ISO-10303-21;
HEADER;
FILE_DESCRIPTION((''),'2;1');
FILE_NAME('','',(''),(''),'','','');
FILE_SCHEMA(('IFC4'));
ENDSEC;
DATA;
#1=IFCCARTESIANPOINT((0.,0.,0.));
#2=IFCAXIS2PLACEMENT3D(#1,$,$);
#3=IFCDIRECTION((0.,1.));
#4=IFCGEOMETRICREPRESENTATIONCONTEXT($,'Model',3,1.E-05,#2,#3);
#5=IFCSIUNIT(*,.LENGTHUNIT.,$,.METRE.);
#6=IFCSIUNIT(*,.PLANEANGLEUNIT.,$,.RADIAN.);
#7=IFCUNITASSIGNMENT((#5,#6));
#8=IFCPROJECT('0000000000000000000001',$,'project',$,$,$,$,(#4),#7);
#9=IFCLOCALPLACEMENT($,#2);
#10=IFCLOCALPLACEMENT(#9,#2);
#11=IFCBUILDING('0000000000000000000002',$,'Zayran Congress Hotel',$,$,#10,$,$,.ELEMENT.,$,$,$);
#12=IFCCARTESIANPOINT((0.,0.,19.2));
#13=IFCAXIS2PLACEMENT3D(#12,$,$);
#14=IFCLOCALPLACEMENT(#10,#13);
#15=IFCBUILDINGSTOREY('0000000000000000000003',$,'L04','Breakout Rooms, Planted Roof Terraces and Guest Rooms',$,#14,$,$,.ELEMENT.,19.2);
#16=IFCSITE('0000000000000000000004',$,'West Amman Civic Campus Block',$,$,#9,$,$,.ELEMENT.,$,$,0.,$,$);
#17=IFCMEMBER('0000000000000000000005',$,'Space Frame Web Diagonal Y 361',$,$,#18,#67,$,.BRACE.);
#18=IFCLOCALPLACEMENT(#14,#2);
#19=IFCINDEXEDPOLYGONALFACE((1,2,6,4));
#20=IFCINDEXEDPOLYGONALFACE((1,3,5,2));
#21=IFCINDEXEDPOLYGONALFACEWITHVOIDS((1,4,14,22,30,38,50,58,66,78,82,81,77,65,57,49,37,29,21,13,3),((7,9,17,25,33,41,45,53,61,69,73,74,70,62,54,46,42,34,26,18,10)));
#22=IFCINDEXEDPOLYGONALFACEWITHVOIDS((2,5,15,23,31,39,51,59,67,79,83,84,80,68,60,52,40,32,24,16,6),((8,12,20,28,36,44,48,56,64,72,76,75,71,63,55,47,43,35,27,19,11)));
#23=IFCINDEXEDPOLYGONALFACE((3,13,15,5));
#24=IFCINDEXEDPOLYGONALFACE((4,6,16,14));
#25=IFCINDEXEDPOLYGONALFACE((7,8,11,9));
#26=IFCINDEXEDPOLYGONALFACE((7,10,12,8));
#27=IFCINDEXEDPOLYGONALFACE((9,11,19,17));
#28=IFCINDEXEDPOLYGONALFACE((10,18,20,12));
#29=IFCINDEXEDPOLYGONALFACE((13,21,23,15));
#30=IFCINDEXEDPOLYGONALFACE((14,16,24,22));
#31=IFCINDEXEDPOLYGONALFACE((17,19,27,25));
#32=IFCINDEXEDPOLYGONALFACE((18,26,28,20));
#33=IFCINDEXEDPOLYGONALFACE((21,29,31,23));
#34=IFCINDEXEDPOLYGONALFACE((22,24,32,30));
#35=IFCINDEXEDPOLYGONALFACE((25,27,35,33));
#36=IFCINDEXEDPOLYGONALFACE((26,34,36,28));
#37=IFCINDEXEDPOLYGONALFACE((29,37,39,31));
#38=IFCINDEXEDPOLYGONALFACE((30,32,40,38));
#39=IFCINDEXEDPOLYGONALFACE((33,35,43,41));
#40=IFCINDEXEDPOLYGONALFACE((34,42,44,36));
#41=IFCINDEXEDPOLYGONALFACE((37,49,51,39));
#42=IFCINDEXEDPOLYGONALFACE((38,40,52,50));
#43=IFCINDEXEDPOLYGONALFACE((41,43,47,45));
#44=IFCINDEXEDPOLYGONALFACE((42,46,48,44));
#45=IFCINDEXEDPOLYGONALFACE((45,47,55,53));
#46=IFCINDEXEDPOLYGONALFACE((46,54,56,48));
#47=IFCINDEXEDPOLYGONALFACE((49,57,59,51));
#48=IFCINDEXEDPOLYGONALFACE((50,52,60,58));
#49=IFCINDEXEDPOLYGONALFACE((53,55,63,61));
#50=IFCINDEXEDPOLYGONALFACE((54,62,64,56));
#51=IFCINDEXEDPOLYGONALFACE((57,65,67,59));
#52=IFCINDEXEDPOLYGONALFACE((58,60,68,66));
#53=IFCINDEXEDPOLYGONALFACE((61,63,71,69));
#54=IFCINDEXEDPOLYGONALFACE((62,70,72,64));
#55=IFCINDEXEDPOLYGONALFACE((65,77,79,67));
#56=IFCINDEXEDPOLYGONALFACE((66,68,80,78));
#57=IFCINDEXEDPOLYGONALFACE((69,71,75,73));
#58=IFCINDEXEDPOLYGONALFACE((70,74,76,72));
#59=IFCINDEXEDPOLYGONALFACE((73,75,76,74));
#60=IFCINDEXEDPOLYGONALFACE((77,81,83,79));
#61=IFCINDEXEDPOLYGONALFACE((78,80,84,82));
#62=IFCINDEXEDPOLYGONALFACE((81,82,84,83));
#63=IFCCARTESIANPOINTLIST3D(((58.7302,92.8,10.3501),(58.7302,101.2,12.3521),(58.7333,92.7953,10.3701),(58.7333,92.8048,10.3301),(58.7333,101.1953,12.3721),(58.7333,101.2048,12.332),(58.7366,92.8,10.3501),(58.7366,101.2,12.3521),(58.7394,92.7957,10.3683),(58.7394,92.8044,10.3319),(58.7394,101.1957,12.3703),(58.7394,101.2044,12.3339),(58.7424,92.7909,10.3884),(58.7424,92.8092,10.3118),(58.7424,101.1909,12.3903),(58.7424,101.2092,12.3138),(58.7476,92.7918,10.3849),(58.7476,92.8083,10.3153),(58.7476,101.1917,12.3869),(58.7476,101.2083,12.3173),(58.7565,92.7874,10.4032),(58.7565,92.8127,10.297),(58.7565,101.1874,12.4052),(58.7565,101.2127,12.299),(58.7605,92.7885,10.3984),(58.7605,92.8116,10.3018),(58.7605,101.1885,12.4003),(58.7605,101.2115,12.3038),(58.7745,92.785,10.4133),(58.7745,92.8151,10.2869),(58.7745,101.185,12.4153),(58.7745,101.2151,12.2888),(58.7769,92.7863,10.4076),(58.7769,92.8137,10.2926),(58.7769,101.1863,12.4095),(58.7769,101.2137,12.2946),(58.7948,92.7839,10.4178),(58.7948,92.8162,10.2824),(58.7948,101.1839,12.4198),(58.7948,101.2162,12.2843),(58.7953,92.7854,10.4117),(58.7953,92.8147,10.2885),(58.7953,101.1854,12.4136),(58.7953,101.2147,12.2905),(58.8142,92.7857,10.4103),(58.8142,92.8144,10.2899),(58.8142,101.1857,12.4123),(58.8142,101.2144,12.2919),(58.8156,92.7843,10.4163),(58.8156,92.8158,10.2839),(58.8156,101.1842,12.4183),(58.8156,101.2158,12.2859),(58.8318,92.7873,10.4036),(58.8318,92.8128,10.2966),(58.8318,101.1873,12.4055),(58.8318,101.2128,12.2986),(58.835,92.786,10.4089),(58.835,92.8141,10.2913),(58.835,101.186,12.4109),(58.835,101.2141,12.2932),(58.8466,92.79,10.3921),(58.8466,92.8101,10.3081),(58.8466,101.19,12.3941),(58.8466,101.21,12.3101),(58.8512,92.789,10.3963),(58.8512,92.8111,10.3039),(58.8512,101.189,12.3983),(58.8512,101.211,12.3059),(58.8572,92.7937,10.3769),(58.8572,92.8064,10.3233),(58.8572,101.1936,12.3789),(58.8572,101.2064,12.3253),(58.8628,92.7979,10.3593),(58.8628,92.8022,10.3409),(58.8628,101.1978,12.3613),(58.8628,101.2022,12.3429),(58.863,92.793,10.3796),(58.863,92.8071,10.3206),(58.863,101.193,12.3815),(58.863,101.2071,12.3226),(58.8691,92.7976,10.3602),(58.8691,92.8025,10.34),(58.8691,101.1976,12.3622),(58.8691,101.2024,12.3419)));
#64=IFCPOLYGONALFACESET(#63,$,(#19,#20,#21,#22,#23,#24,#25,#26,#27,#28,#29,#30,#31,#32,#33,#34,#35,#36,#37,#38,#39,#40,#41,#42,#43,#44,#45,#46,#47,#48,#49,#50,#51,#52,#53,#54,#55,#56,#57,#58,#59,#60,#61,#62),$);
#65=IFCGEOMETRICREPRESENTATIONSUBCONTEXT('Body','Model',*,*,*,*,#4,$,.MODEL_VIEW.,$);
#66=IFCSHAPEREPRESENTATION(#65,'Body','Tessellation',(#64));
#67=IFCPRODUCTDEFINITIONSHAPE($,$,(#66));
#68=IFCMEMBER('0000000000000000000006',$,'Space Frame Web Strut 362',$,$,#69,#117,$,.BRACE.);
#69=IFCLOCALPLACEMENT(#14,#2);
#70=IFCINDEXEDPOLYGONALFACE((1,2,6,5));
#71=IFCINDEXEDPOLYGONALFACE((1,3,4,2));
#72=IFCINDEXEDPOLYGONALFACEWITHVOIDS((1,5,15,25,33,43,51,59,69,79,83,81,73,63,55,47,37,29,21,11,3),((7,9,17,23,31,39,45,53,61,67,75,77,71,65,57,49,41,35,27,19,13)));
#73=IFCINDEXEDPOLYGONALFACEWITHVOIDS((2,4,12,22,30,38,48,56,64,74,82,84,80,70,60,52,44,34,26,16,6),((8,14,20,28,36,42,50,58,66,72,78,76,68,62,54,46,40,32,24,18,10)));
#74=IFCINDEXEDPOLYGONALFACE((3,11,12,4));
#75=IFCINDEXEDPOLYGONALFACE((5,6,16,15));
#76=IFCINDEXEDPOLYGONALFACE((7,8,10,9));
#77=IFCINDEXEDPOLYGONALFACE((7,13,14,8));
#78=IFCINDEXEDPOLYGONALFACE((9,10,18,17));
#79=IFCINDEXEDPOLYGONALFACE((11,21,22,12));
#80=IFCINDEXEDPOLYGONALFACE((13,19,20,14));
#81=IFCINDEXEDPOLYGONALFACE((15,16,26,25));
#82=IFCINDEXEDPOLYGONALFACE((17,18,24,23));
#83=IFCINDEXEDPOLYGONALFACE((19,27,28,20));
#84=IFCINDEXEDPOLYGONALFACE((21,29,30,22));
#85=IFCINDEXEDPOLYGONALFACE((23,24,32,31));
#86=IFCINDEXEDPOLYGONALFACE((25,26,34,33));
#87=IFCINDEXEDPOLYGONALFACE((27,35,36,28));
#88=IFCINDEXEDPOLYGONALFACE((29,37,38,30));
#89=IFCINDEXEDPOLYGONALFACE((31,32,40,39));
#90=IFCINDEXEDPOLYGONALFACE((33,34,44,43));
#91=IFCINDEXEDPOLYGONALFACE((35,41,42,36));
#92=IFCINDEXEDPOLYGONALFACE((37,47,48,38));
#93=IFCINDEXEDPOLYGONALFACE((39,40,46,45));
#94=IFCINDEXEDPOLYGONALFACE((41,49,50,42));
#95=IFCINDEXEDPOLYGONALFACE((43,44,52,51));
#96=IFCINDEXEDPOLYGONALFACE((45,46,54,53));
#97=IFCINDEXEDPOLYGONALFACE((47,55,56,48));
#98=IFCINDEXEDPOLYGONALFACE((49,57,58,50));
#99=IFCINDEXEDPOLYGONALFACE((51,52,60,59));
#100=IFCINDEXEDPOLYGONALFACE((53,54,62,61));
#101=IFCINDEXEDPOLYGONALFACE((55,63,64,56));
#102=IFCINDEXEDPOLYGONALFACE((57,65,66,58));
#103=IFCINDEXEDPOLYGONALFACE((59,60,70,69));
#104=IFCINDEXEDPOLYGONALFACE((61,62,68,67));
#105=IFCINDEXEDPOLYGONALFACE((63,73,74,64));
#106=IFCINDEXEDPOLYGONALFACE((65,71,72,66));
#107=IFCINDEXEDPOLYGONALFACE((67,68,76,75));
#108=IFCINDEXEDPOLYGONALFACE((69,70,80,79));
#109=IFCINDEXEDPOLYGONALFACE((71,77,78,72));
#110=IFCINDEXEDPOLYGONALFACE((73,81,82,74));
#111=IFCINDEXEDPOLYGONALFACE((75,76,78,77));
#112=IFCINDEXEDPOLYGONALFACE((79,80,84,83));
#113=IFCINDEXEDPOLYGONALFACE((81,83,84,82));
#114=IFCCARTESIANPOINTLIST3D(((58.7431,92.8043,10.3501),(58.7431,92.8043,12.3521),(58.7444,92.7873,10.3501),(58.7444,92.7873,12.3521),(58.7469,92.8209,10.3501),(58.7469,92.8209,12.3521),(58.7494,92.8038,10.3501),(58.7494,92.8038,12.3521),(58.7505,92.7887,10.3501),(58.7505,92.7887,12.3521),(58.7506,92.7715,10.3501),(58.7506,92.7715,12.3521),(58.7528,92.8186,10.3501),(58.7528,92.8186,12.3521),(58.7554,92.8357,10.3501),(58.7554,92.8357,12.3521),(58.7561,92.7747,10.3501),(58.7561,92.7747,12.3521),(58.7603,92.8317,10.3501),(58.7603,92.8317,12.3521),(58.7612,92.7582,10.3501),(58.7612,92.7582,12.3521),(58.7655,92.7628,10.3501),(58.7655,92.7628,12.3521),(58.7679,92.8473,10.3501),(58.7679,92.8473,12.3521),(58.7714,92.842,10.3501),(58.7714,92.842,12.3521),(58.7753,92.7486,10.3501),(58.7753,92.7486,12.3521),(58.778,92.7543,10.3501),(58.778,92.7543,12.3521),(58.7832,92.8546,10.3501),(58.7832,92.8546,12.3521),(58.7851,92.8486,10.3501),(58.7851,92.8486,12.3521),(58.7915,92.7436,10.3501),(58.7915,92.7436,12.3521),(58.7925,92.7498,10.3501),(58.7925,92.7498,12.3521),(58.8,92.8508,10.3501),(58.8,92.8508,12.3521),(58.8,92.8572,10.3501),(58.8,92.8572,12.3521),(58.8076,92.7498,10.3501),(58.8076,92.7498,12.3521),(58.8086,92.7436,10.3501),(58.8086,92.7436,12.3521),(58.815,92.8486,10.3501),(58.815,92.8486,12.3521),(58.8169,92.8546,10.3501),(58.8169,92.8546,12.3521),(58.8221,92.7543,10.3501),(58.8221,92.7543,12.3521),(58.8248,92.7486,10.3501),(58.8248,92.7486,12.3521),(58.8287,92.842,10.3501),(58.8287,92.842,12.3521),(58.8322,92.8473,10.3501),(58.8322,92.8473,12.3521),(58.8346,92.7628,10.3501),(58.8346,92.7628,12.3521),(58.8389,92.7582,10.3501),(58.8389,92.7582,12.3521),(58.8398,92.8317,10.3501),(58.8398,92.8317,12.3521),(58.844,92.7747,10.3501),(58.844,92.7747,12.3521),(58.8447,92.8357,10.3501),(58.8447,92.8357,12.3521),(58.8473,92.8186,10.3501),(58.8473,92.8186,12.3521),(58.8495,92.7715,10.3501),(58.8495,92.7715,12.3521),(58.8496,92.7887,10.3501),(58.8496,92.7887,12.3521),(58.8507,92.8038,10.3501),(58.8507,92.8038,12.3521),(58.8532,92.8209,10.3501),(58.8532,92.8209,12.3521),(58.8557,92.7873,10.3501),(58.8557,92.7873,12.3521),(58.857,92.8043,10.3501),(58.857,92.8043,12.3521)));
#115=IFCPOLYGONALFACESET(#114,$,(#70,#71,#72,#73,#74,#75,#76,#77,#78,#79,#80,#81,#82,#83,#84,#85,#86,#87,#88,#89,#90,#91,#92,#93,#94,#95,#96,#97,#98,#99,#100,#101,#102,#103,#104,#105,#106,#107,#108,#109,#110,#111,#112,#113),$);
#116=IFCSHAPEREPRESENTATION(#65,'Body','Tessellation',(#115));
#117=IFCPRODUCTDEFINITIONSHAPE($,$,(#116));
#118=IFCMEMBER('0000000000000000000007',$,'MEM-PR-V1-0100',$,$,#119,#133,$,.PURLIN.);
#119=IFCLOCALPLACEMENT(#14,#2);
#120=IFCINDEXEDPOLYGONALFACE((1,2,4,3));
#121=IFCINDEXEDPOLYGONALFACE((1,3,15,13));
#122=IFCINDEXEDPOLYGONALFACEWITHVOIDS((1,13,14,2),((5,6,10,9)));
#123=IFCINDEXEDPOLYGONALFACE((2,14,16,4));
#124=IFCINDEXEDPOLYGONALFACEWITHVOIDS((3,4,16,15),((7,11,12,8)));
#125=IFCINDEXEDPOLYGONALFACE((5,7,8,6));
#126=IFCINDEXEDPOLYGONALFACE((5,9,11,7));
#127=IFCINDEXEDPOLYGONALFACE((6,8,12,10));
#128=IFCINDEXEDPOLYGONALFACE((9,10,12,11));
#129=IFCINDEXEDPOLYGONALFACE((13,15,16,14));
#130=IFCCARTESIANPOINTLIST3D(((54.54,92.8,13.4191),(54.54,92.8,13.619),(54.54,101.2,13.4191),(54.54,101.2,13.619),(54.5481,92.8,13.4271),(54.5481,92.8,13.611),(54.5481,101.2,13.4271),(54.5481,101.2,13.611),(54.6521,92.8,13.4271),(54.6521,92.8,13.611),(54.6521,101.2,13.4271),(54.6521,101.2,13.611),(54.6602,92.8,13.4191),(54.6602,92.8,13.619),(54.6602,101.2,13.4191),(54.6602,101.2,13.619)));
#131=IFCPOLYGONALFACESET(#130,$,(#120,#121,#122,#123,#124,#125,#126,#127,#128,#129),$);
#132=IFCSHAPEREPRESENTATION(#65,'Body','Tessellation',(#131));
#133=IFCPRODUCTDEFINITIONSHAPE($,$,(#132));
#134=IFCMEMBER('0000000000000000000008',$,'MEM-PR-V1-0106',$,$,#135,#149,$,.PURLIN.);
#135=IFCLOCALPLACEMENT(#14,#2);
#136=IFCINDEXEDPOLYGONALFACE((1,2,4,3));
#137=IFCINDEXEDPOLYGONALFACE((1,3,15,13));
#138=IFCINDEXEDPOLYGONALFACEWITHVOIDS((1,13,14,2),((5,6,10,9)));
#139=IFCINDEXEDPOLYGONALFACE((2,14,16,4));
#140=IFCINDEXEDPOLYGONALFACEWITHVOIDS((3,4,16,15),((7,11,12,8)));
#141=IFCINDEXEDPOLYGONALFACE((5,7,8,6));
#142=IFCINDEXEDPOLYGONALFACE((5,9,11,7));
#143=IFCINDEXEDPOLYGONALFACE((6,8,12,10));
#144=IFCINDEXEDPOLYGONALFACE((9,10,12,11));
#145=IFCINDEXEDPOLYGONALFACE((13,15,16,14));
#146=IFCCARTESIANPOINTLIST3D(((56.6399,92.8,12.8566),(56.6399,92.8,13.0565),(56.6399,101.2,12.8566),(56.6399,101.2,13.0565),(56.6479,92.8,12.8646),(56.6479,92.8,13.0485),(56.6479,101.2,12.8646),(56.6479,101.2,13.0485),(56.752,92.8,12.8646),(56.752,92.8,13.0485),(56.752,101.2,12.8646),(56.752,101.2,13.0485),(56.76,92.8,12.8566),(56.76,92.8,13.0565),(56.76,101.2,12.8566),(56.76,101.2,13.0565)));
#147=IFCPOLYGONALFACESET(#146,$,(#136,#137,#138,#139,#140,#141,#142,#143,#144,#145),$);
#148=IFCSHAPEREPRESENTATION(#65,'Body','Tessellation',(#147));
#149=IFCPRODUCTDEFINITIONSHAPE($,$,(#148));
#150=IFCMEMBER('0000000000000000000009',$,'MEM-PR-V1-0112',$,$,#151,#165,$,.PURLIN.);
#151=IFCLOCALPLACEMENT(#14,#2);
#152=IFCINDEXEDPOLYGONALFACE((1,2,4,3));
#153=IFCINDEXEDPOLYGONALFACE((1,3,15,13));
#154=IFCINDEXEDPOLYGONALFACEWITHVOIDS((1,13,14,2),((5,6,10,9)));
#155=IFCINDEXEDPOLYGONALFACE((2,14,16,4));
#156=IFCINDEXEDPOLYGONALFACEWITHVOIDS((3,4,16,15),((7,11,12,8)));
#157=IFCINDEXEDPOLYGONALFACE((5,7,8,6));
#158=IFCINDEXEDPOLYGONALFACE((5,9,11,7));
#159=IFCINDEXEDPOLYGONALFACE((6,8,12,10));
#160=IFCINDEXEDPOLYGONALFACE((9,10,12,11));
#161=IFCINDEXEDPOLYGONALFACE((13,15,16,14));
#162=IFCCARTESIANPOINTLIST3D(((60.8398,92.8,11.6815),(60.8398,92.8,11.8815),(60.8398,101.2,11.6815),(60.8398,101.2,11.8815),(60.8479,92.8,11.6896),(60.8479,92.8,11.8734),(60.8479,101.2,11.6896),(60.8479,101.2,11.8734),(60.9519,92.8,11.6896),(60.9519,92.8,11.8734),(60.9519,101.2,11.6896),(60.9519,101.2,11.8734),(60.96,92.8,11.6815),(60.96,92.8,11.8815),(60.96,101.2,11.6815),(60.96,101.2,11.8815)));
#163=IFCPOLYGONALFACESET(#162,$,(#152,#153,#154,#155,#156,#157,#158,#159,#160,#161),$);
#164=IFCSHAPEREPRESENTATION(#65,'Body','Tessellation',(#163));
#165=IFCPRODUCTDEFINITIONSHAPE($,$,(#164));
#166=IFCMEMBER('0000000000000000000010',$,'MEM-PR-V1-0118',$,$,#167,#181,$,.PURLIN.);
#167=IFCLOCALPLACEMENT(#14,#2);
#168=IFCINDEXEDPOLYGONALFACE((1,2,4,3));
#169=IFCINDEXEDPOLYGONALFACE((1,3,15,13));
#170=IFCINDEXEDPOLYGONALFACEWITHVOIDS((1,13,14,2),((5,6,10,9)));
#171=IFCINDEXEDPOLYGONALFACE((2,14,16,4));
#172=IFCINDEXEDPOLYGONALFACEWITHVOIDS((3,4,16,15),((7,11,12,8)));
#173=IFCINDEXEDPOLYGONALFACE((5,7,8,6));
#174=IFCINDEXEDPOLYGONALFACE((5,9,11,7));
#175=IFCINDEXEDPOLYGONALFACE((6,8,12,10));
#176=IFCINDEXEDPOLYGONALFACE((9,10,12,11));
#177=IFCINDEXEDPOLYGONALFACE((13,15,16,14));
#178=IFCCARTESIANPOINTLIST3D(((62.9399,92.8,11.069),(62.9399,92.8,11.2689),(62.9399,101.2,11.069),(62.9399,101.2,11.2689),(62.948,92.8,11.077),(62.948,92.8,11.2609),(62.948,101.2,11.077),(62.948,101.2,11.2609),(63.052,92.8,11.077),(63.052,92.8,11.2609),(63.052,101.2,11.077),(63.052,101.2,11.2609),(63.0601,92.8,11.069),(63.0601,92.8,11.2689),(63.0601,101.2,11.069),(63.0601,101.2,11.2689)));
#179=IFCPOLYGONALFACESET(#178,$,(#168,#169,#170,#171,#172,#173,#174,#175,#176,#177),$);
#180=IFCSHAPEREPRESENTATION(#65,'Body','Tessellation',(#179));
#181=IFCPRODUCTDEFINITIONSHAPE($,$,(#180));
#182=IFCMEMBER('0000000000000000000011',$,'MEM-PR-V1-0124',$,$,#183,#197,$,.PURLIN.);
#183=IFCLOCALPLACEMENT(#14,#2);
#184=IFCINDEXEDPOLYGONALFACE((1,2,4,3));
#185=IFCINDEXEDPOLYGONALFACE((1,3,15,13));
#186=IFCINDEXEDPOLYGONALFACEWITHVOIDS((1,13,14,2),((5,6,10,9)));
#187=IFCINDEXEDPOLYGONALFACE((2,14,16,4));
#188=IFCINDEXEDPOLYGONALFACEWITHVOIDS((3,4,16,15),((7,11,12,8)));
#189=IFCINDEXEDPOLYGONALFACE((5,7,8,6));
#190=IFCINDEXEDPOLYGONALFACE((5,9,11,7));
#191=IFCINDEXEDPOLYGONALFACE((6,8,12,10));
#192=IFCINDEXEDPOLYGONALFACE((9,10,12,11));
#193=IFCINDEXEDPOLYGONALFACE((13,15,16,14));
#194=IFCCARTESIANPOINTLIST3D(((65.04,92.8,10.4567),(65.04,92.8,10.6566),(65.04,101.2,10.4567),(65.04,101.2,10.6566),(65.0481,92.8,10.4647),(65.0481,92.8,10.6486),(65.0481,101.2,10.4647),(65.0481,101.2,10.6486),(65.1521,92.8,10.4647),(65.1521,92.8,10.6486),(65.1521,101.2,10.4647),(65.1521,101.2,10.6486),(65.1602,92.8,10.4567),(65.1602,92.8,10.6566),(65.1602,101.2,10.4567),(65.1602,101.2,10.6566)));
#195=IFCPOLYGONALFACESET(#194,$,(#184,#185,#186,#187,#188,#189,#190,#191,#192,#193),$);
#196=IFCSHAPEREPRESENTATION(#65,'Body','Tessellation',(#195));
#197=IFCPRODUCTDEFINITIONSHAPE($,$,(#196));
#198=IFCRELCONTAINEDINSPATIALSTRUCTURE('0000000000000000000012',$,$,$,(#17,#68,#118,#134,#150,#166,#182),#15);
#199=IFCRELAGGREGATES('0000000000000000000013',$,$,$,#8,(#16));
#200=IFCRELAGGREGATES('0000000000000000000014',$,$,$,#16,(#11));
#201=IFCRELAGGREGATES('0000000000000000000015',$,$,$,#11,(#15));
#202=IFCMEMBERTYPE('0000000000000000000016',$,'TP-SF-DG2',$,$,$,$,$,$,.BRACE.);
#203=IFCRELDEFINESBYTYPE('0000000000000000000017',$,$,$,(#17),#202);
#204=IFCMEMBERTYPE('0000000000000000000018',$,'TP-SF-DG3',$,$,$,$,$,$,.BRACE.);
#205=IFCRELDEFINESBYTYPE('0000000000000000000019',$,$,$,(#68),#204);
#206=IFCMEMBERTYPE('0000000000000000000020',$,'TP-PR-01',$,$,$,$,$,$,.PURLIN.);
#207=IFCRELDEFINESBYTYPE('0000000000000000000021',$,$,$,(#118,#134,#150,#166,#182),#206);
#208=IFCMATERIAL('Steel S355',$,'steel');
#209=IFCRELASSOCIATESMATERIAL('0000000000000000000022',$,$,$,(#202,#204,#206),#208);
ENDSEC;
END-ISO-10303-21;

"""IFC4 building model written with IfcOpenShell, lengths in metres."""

from ifc_helpers import new_model, si_unit, direction, frame, origin, origin_2d, place, context, subcontext, project, spatial, hollow_rectangle, hollow_circle, extrude, material, material_profile, profile_set, type_object, element, save


model = new_model("IFC4")

# Units and contexts
model_context = context("Model", 3, precision=1e-05, world=origin(), true_north=direction((0.0, 1.0)))
body_context = subcontext(model_context, "Body", "Model", "MODEL_VIEW")
ifc_project = project(units=[si_unit("LENGTHUNIT", "METRE"), si_unit("PLANEANGLEUNIT", "RADIAN")], contexts=[model_context])

# Site, building, storey
site_placement = place(None, origin())
site = spatial("IfcSite", under=ifc_project, at=site_placement, Name="West Amman Civic Campus Block", CompositionType="ELEMENT", RefElevation=0.0)
building_placement = place(site_placement, origin())
building = spatial("IfcBuilding", under=site, at=building_placement, Name="Zayran Congress Hotel", CompositionType="ELEMENT")
storey_placement = place(building_placement, frame((0.0, 0.0, 19.2)))
storey = spatial("IfcBuildingStorey", under=building, at=storey_placement, Name="L04", Description="Breakout Rooms, Planted Roof Terraces and Guest Rooms", CompositionType="ELEMENT", Elevation=19.2)

# Members
ifc_material_1 = material(Name="Steel S355", Category="steel")
ifc_material_profile_1 = material_profile(ifc_material_1, hollow_circle(Radius=0.0698, WallThickness=0.0063, at=origin_2d()), Name="CHS 139.7x6.3")
ifc_profile_set_1 = profile_set([ifc_material_profile_1], Name="Steel S355")
member_type_1 = type_object("IfcMemberType", Name="TP-SF-DG2", PredefinedType="BRACE", material=ifc_profile_set_1)
member_1_placement = place(storey_placement, frame((58.8, 92.8, 10.3501), z_axis=(0.0, 0.972755, 0.231837), x_axis=(-1.0, 0.0, 0.0)))
element("IfcMember", 1, at=member_1_placement, inside=storey, type_object=member_type_1, Name="Space Frame Web Diagonal Y 361", PredefinedType="BRACE", context=body_context, shape_type="SweptSolid", body=[
    extrude(hollow_circle(Radius=0.0698, WallThickness=0.0063, at=origin_2d()), origin(), (0.0, 0.0, 1.0), 8.6353),
])
ifc_material_profile_2 = material_profile(ifc_material_1, hollow_circle(Radius=0.0571, WallThickness=0.0063, at=origin_2d()), Name="CHS 114.3x6.3")
ifc_profile_set_2 = profile_set([ifc_material_profile_2], Name="Steel S355")
member_type_2 = type_object("IfcMemberType", Name="TP-SF-DG3", PredefinedType="BRACE", material=ifc_profile_set_2)
member_2_placement = place(storey_placement, frame((58.8, 92.8, 10.3501), z_axis=(0.0, 0.0, 1.0), x_axis=(0.0, 1.0, 0.0)))
element("IfcMember", 2, at=member_2_placement, inside=storey, type_object=member_type_2, Name="Space Frame Web Strut 362", PredefinedType="BRACE", context=body_context, shape_type="SweptSolid", body=[
    extrude(hollow_circle(Radius=0.0571, WallThickness=0.0063, at=origin_2d()), origin(), (0.0, 0.0, 1.0), 2.002),
])
ifc_material_profile_3 = material_profile(ifc_material_1, hollow_rectangle(XDim=0.1201, YDim=0.2, WallThickness=0.0081, at=origin_2d()), Name="RHS 200x120x8")
ifc_profile_set_3 = profile_set([ifc_material_profile_3], Name="Steel S355")
member_type_3 = type_object("IfcMemberType", Name="TP-PR-01", PredefinedType="PURLIN", material=ifc_profile_set_3)
for number, where, z_axis, x_axis, name in (
    (3, (54.6001, 92.8, 13.519), (0.0, 1.0, 0.0), (-1.0, 0.0, 0.0), "MEM-PR-V1-0100"),
    (4, (56.7, 92.8, 12.9565), (0.0, 1.0, 0.0), (-1.0, 0.0, 0.0), "MEM-PR-V1-0106"),
    (5, (60.8999, 92.8, 11.7815), (0.0, 1.0, 0.0), (-1.0, 0.0, 0.0), "MEM-PR-V1-0112"),
    (6, (63.0, 92.8, 11.1689), (0.0, 1.0, 0.0), (-1.0, 0.0, 0.0), "MEM-PR-V1-0118"),
    (7, (65.1001, 92.8, 10.5566), (0.0, 1.0, 0.0), (-1.0, 0.0, 0.0), "MEM-PR-V1-0124"),
):
    element("IfcMember", number, at=place(storey_placement, frame(where, z_axis=z_axis, x_axis=x_axis)), inside=storey, type_object=member_type_3, Name=name, PredefinedType="PURLIN", context=body_context, shape_type="SweptSolid", body=[
        extrude(hollow_rectangle(XDim=0.1201, YDim=0.2, WallThickness=0.0081, at=origin_2d()), origin(), (0.0, 0.0, 1.0), 8.3999),
    ])

save(model, "model.ifc")
